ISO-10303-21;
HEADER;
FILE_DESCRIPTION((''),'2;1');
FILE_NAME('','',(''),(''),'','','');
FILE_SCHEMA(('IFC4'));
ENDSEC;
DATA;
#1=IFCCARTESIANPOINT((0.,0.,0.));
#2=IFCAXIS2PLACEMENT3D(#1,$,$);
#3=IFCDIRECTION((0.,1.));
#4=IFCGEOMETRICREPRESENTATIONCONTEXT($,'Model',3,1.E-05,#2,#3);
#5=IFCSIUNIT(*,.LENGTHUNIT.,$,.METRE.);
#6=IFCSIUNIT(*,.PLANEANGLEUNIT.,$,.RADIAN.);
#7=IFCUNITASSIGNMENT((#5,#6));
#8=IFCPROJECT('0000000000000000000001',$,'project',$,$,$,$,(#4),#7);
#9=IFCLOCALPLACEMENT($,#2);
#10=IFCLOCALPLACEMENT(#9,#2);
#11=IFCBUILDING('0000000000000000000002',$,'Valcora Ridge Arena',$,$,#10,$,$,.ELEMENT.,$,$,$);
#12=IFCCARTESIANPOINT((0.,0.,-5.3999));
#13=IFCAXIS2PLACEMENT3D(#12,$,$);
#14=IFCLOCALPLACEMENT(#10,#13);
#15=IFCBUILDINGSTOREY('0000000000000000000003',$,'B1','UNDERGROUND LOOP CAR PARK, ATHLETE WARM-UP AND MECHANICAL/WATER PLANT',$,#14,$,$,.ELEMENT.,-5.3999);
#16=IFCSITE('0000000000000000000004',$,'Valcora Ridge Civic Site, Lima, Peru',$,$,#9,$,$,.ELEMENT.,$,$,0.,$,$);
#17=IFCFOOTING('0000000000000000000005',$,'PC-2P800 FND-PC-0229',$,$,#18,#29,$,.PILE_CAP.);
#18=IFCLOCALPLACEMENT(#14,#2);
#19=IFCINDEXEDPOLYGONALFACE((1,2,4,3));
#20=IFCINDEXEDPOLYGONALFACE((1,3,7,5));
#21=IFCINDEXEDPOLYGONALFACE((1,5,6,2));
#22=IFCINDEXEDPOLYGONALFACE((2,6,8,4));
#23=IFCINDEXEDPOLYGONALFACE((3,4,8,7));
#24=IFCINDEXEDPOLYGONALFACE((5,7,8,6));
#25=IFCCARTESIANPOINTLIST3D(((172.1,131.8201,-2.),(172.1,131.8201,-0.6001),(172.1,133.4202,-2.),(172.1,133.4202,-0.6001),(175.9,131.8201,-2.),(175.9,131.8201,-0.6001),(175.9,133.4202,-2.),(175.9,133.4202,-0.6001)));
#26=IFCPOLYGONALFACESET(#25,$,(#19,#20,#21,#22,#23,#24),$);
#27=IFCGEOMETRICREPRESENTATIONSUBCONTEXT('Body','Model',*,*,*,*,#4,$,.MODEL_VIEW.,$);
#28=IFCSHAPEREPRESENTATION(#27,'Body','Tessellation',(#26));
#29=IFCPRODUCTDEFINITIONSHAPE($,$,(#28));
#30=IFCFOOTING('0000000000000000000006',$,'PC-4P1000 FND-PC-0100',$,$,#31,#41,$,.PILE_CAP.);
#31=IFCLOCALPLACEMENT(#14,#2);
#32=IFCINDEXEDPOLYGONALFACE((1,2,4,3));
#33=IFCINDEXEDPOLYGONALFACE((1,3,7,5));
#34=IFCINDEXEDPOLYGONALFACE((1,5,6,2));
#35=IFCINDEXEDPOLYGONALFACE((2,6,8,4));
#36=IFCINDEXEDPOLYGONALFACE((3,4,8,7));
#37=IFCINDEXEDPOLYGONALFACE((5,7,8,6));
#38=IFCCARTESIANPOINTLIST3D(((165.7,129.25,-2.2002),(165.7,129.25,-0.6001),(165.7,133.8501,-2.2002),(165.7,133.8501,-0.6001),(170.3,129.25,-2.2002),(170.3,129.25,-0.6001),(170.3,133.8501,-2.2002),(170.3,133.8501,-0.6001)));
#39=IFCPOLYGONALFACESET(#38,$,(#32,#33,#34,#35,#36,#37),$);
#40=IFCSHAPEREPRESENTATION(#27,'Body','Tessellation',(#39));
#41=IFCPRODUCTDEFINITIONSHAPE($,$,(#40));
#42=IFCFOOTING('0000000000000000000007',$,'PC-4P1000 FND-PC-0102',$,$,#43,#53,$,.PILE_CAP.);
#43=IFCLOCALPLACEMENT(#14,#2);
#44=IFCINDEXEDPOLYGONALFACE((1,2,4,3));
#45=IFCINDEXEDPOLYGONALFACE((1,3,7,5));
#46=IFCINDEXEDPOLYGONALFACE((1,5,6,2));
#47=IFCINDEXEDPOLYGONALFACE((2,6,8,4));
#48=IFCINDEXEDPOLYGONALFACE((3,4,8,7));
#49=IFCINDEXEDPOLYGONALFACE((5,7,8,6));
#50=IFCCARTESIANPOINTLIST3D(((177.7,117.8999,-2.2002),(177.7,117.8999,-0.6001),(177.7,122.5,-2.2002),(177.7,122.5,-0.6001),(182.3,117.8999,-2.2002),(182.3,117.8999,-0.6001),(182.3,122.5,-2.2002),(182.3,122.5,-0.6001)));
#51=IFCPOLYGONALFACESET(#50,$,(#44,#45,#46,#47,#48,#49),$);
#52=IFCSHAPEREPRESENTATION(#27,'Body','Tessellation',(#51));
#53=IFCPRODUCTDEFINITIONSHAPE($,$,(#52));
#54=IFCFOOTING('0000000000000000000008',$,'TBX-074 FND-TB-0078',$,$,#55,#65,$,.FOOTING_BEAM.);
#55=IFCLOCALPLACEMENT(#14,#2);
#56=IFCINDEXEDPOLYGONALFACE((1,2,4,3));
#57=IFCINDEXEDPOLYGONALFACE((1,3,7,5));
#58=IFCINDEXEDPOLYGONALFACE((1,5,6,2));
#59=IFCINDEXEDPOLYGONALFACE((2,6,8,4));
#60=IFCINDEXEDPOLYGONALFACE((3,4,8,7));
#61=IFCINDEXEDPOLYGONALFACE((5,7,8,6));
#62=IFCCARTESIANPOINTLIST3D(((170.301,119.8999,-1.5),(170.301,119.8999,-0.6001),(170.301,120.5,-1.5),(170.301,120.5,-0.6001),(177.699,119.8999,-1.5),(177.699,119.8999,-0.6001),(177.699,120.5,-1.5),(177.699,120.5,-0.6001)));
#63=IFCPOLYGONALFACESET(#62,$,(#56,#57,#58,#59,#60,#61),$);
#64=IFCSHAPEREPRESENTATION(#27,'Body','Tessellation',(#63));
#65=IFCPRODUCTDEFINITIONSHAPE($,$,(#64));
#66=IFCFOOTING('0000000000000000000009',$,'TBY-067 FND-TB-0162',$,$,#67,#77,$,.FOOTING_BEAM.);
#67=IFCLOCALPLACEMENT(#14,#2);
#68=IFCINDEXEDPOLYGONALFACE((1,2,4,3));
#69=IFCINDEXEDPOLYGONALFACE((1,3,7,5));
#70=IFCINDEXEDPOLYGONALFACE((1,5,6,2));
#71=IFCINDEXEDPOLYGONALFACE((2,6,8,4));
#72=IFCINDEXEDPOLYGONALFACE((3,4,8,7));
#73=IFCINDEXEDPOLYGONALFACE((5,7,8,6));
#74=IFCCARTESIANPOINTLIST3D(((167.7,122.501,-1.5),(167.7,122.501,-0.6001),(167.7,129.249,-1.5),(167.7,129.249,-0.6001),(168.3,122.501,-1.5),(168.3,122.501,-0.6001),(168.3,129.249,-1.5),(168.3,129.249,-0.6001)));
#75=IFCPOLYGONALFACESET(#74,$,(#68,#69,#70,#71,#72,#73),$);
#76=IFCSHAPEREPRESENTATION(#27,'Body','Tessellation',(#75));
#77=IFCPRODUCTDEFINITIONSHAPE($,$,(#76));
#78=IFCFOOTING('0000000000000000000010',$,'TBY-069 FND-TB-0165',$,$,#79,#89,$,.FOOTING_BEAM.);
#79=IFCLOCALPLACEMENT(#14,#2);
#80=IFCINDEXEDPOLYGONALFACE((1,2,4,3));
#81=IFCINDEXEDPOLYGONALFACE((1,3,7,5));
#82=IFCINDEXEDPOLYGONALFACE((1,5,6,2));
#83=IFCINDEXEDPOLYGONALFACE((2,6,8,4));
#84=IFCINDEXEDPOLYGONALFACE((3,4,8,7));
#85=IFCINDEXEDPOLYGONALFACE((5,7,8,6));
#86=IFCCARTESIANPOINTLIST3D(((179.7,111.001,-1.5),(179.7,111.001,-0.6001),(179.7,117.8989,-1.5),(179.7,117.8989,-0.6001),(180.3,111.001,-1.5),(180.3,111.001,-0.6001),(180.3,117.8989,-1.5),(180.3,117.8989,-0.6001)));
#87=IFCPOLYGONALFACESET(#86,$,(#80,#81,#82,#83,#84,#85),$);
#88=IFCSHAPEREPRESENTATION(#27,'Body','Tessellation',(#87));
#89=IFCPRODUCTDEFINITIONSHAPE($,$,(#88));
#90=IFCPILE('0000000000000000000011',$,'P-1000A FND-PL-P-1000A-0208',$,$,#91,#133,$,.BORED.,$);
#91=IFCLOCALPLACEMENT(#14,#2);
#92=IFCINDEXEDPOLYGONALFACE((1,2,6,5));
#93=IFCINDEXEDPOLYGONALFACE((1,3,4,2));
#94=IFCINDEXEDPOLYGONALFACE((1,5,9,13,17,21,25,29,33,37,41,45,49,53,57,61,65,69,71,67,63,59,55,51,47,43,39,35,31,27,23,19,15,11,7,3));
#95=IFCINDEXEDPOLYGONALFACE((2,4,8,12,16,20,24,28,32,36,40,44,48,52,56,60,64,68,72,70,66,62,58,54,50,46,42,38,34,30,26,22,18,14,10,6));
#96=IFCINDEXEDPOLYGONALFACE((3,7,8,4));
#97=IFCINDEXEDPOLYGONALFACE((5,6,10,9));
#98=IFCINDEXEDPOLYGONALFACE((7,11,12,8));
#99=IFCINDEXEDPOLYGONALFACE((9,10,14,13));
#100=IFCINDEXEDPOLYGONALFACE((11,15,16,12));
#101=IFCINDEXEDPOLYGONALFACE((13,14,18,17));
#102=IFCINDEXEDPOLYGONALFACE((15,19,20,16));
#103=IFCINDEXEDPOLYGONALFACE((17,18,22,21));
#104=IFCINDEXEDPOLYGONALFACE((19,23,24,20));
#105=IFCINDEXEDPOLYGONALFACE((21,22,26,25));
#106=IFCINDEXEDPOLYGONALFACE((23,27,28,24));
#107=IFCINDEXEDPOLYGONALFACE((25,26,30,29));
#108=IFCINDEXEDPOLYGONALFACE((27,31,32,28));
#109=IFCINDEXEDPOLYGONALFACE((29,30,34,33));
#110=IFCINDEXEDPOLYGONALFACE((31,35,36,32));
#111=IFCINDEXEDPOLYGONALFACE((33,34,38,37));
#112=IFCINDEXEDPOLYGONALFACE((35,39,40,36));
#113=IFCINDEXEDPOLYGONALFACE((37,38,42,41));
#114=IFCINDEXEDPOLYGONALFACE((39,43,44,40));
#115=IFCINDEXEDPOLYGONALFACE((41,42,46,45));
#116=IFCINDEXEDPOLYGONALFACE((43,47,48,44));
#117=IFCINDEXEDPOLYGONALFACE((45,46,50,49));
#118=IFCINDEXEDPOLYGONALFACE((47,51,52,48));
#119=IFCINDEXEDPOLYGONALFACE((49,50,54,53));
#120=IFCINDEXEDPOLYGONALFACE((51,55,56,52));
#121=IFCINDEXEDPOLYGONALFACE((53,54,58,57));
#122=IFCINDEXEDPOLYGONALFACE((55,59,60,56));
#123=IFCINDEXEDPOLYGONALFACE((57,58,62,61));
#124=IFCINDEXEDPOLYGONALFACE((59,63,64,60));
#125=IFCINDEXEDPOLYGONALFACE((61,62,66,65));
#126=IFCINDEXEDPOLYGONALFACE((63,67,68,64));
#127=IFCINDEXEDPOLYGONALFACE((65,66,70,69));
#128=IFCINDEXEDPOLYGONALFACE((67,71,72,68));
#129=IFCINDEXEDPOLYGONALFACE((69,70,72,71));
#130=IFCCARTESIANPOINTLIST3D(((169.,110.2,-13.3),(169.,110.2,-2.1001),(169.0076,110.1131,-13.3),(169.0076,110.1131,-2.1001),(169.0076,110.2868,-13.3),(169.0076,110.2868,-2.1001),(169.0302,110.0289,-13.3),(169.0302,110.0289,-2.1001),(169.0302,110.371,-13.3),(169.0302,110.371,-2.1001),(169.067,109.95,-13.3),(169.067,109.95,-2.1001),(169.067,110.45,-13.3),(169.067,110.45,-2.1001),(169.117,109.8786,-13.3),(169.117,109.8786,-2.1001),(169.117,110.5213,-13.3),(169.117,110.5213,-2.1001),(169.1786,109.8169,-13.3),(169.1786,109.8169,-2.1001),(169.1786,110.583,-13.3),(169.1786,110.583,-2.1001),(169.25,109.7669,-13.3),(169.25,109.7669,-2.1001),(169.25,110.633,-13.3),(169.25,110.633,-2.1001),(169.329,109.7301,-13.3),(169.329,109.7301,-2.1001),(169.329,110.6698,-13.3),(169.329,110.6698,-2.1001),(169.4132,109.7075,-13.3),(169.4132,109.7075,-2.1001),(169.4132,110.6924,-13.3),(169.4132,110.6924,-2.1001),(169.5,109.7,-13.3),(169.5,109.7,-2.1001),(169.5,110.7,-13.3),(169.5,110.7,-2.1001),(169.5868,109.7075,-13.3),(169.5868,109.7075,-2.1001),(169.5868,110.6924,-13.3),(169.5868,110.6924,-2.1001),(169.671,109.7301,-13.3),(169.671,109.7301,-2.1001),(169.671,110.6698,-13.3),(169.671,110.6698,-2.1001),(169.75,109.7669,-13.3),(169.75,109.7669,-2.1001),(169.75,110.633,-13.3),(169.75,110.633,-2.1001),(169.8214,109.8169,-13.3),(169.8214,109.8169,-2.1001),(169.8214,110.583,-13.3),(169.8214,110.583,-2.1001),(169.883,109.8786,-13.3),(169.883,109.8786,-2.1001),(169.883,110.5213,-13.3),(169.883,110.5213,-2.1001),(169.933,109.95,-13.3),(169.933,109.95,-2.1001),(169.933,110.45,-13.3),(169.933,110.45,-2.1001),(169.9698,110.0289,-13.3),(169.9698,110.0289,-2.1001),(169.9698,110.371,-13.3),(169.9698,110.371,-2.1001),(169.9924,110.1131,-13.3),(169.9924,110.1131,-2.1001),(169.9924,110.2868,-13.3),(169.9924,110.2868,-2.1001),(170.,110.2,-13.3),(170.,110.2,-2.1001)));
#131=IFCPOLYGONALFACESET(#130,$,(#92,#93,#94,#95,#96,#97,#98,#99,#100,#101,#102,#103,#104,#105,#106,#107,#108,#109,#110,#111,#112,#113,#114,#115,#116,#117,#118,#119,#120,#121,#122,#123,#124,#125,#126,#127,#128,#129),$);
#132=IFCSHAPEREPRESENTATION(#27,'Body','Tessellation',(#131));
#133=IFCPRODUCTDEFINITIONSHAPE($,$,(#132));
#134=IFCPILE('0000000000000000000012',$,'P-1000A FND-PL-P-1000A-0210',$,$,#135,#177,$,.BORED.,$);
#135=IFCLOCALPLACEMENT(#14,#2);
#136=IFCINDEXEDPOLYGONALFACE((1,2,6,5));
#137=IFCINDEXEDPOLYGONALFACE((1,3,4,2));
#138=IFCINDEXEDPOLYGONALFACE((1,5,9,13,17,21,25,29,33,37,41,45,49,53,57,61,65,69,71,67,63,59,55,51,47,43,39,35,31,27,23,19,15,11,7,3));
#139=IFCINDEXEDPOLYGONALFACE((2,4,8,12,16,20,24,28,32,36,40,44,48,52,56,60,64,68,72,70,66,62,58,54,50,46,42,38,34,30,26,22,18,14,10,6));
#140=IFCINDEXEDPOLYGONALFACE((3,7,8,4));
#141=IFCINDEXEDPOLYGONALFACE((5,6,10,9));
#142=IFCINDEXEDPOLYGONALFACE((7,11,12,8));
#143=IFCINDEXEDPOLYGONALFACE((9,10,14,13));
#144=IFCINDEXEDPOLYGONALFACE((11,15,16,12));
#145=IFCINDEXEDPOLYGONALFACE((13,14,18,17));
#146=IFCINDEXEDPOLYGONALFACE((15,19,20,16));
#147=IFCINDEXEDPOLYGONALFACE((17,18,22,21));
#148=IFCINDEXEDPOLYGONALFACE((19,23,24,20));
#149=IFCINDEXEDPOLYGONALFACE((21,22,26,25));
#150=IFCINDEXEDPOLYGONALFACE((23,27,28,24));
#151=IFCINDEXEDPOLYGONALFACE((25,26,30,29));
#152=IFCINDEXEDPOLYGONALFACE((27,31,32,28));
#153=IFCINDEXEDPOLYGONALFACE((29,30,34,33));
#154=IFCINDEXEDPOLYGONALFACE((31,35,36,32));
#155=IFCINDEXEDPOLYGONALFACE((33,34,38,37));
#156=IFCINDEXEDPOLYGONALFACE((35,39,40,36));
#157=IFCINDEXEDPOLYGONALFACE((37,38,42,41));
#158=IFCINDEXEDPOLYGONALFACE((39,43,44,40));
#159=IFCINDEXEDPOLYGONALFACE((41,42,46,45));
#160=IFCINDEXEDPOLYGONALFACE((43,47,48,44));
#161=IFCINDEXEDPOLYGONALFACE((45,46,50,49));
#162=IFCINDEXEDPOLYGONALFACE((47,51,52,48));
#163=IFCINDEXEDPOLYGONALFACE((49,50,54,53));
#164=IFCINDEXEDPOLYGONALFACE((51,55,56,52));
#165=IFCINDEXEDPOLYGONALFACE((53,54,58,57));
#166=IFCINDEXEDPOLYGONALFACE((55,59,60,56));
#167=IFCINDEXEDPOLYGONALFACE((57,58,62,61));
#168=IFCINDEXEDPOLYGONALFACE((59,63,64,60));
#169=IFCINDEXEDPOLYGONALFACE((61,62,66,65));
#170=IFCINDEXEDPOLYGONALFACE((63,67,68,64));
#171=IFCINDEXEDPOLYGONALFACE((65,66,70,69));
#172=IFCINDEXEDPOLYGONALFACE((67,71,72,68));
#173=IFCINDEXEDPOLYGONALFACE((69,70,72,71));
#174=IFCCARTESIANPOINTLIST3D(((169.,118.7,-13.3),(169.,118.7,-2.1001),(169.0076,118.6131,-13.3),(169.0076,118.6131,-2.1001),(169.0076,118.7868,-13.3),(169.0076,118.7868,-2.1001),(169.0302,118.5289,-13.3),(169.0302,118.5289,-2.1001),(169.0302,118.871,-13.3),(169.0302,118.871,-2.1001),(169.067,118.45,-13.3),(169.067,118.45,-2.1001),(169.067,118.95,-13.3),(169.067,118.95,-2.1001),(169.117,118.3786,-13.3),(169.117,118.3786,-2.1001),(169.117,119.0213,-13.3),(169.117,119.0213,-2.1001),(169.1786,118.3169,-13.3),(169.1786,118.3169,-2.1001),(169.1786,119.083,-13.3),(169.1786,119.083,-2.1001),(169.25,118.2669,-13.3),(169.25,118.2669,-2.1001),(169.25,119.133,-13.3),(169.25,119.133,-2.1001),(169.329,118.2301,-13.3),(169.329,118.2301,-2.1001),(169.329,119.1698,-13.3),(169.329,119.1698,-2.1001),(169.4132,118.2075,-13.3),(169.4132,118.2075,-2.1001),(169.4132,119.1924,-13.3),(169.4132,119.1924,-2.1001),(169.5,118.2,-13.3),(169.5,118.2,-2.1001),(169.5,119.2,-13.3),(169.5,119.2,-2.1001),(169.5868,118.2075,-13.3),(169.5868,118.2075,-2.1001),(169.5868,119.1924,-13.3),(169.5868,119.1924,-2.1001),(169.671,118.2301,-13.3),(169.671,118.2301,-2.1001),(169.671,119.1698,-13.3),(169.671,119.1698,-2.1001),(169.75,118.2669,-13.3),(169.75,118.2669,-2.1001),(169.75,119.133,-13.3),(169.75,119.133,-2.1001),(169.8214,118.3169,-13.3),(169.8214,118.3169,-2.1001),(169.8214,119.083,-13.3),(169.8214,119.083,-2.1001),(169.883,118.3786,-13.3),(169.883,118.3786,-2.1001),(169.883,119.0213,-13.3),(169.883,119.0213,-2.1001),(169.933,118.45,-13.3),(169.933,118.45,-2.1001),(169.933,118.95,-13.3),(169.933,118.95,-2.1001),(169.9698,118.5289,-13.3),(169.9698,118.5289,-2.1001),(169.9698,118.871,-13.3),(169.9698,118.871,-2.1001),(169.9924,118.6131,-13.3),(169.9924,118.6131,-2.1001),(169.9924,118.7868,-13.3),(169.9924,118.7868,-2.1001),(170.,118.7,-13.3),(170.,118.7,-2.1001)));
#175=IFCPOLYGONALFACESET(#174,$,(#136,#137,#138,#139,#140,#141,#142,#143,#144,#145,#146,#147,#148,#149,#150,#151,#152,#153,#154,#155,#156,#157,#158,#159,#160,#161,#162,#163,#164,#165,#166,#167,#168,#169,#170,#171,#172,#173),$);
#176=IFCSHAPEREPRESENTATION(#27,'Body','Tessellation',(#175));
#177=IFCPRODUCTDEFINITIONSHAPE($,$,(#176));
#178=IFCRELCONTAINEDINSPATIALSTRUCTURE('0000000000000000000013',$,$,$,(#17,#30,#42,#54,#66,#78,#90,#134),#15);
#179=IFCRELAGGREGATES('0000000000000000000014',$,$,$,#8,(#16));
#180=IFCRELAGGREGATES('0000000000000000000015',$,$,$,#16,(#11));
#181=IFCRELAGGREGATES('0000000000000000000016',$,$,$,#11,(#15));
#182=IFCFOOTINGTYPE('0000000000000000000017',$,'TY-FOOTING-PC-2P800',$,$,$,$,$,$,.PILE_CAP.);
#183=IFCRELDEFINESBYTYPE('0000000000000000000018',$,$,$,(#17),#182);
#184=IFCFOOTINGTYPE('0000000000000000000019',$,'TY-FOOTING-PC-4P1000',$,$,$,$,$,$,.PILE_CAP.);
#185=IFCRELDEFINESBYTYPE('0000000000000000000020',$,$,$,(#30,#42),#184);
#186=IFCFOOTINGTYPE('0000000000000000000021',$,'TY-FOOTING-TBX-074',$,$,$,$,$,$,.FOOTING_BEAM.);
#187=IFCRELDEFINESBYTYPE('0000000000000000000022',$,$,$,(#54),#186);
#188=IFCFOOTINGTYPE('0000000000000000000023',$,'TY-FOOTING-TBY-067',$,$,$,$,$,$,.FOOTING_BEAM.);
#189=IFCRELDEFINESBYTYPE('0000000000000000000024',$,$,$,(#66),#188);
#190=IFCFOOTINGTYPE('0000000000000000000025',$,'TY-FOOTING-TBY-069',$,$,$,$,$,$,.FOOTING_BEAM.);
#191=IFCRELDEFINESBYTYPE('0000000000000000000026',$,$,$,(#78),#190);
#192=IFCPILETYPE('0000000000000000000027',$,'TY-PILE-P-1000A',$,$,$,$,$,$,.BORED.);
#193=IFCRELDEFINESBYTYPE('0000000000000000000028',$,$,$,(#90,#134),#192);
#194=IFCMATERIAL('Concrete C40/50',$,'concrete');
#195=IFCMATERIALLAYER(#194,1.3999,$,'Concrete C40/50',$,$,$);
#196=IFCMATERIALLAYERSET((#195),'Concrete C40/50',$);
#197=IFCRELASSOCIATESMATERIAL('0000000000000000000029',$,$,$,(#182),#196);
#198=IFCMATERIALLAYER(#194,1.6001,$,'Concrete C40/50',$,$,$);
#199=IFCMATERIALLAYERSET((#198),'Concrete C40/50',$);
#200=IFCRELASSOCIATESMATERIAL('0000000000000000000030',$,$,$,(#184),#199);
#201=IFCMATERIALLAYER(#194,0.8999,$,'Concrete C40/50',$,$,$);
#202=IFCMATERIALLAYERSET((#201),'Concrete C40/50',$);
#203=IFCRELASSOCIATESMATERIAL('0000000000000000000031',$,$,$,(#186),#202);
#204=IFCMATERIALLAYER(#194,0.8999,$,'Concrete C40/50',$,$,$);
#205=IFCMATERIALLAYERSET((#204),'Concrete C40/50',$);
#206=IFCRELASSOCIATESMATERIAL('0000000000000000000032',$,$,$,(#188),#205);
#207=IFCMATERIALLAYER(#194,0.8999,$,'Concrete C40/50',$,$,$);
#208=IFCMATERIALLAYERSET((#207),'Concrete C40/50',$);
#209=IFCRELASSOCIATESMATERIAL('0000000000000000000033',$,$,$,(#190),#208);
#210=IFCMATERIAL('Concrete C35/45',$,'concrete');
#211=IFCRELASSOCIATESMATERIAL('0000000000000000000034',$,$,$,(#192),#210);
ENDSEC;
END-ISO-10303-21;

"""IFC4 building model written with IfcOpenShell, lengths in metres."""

from ifc_helpers import new_model, si_unit, direction, frame, origin, origin_2d, place, context, subcontext, project, spatial, rectangle, circle, extrude, material, layer, layer_set, material_profile, profile_set, type_object, element, save


model = new_model("IFC4")

# Units and contexts
model_context = context("Model", 3, precision=1e-05, world=origin(), true_north=direction((0.0, 1.0)))
body_context = subcontext(model_context, "Body", "Model", "MODEL_VIEW")
ifc_project = project(units=[si_unit("LENGTHUNIT", "METRE"), si_unit("PLANEANGLEUNIT", "RADIAN")], contexts=[model_context])

# Site, building, storey
site_placement = place(None, origin())
site = spatial("IfcSite", under=ifc_project, at=site_placement, Name="Valcora Ridge Civic Site, Lima, Peru", CompositionType="ELEMENT", RefElevation=0.0)
building_placement = place(site_placement, origin())
building = spatial("IfcBuilding", under=site, at=building_placement, Name="Valcora Ridge Arena", CompositionType="ELEMENT")
storey_placement = place(building_placement, frame((0.0, 0.0, -5.3999)))
storey = spatial("IfcBuildingStorey", under=building, at=storey_placement, Name="B1", Description="UNDERGROUND LOOP CAR PARK, ATHLETE WARM-UP AND MECHANICAL/WATER PLANT", CompositionType="ELEMENT", Elevation=-5.3999)

# Footings
ifc_material_1 = material(Name="Concrete C40/50", Category="concrete")
ifc_layer_1 = layer(ifc_material_1, 1.3999, Name="Concrete C40/50")
ifc_layer_set_1 = layer_set([ifc_layer_1], Name="Concrete C40/50")
footing_type_1 = type_object("IfcFootingType", Name="TY-FOOTING-PC-2P800", PredefinedType="PILE_CAP", material=ifc_layer_set_1)
footing_1_placement = place(storey_placement, frame((174.0, 132.6201, -2.0), z_axis=(0.0, 0.0, 1.0), x_axis=(1.0, 0.0, 0.0)))
element("IfcFooting", 1, at=footing_1_placement, inside=storey, type_object=footing_type_1, Name="PC-2P800 FND-PC-0229", PredefinedType="PILE_CAP", context=body_context, shape_type="SweptSolid", body=[
    extrude(rectangle(XDim=3.8, YDim=1.6001, at=origin_2d()), origin(), (0.0, 0.0, 1.0), 1.3999),
])
ifc_layer_2 = layer(ifc_material_1, 1.6001, Name="Concrete C40/50")
ifc_layer_set_2 = layer_set([ifc_layer_2], Name="Concrete C40/50")
footing_type_2 = type_object("IfcFootingType", Name="TY-FOOTING-PC-4P1000", PredefinedType="PILE_CAP", material=ifc_layer_set_2)
for number, where, z_axis, x_axis, name in (
    (2, (168.0, 131.55, -2.2002), (0.0, 0.0, 1.0), (1.0, 0.0, 0.0), "PC-4P1000 FND-PC-0100"),
    (3, (180.0, 120.2, -2.2002), (0.0, 0.0, 1.0), (1.0, 0.0, 0.0), "PC-4P1000 FND-PC-0102"),
):
    element("IfcFooting", number, at=place(storey_placement, frame(where, z_axis=z_axis, x_axis=x_axis)), inside=storey, type_object=footing_type_2, Name=name, PredefinedType="PILE_CAP", context=body_context, shape_type="SweptSolid", body=[
        extrude(rectangle(XDim=4.6001, YDim=4.6001, at=origin_2d()), origin(), (0.0, 0.0, 1.0), 1.6001),
    ])
ifc_layer_3 = layer(ifc_material_1, 0.8999, Name="Concrete C40/50")
ifc_layer_set_3 = layer_set([ifc_layer_3], Name="Concrete C40/50")
footing_type_3 = type_object("IfcFootingType", Name="TY-FOOTING-TBX-074", PredefinedType="FOOTING_BEAM", material=ifc_layer_set_3)
footing_2_placement = place(storey_placement, frame((174.0, 120.2, -1.5), z_axis=(0.0, 0.0, 1.0), x_axis=(1.0, 0.0, 0.0)))
element("IfcFooting", 4, at=footing_2_placement, inside=storey, type_object=footing_type_3, Name="TBX-074 FND-TB-0078", PredefinedType="FOOTING_BEAM", context=body_context, shape_type="SweptSolid", body=[
    extrude(rectangle(XDim=7.3979, YDim=0.6001, at=origin_2d()), origin(), (0.0, 0.0, 1.0), 0.8999),
])
ifc_layer_4 = layer(ifc_material_1, 0.8999, Name="Concrete C40/50")
ifc_layer_set_4 = layer_set([ifc_layer_4], Name="Concrete C40/50")
footing_type_4 = type_object("IfcFootingType", Name="TY-FOOTING-TBY-067", PredefinedType="FOOTING_BEAM", material=ifc_layer_set_4)
footing_3_placement = place(storey_placement, frame((168.0, 125.875, -1.5), z_axis=(0.0, 0.0, 1.0), x_axis=(1.0, 0.0, 0.0)))
element("IfcFooting", 5, at=footing_3_placement, inside=storey, type_object=footing_type_4, Name="TBY-067 FND-TB-0162", PredefinedType="FOOTING_BEAM", context=body_context, shape_type="SweptSolid", body=[
    extrude(rectangle(XDim=0.6001, YDim=6.748, at=origin_2d()), origin(), (0.0, 0.0, 1.0), 0.8999),
])
ifc_layer_5 = layer(ifc_material_1, 0.8999, Name="Concrete C40/50")
ifc_layer_set_5 = layer_set([ifc_layer_5], Name="Concrete C40/50")
footing_type_5 = type_object("IfcFootingType", Name="TY-FOOTING-TBY-069", PredefinedType="FOOTING_BEAM", material=ifc_layer_set_5)
footing_4_placement = place(storey_placement, frame((180.0, 114.45, -1.5), z_axis=(0.0, 0.0, 1.0), x_axis=(1.0, 0.0, 0.0)))
element("IfcFooting", 6, at=footing_4_placement, inside=storey, type_object=footing_type_5, Name="TBY-069 FND-TB-0165", PredefinedType="FOOTING_BEAM", context=body_context, shape_type="SweptSolid", body=[
    extrude(rectangle(XDim=0.6001, YDim=6.8979, at=origin_2d()), origin(), (0.0, 0.0, 1.0), 0.8999),
])

# Piles
ifc_material_2 = material(Name="Concrete C35/45", Category="concrete")
ifc_material_profile_1 = material_profile(ifc_material_2, circle(Radius=0.5, at=origin_2d()), Name="BORED PILE D1000")
ifc_profile_set_1 = profile_set([ifc_material_profile_1], Name="Concrete C35/45")
pile_type_1 = type_object("IfcPileType", Name="TY-PILE-P-1000A", PredefinedType="BORED", material=ifc_profile_set_1)
for number, where, z_axis, x_axis, name in (
    (7, (169.5, 110.2, -2.1001), (0.0, 0.0, -1.0), (1.0, 0.0, 0.0), "P-1000A FND-PL-P-1000A-0208"),
    (8, (169.5, 118.7, -2.1001), (0.0, 0.0, -1.0), (1.0, 0.0, 0.0), "P-1000A FND-PL-P-1000A-0210"),
):
    element("IfcPile", number, at=place(storey_placement, frame(where, z_axis=z_axis, x_axis=x_axis)), inside=storey, type_object=pile_type_1, Name=name, PredefinedType="BORED", context=body_context, shape_type="SweptSolid", body=[
        extrude(circle(Radius=0.5, at=origin_2d()), origin(), (0.0, 0.0, 1.0), 11.2),
    ])

save(model, "model.ifc")
